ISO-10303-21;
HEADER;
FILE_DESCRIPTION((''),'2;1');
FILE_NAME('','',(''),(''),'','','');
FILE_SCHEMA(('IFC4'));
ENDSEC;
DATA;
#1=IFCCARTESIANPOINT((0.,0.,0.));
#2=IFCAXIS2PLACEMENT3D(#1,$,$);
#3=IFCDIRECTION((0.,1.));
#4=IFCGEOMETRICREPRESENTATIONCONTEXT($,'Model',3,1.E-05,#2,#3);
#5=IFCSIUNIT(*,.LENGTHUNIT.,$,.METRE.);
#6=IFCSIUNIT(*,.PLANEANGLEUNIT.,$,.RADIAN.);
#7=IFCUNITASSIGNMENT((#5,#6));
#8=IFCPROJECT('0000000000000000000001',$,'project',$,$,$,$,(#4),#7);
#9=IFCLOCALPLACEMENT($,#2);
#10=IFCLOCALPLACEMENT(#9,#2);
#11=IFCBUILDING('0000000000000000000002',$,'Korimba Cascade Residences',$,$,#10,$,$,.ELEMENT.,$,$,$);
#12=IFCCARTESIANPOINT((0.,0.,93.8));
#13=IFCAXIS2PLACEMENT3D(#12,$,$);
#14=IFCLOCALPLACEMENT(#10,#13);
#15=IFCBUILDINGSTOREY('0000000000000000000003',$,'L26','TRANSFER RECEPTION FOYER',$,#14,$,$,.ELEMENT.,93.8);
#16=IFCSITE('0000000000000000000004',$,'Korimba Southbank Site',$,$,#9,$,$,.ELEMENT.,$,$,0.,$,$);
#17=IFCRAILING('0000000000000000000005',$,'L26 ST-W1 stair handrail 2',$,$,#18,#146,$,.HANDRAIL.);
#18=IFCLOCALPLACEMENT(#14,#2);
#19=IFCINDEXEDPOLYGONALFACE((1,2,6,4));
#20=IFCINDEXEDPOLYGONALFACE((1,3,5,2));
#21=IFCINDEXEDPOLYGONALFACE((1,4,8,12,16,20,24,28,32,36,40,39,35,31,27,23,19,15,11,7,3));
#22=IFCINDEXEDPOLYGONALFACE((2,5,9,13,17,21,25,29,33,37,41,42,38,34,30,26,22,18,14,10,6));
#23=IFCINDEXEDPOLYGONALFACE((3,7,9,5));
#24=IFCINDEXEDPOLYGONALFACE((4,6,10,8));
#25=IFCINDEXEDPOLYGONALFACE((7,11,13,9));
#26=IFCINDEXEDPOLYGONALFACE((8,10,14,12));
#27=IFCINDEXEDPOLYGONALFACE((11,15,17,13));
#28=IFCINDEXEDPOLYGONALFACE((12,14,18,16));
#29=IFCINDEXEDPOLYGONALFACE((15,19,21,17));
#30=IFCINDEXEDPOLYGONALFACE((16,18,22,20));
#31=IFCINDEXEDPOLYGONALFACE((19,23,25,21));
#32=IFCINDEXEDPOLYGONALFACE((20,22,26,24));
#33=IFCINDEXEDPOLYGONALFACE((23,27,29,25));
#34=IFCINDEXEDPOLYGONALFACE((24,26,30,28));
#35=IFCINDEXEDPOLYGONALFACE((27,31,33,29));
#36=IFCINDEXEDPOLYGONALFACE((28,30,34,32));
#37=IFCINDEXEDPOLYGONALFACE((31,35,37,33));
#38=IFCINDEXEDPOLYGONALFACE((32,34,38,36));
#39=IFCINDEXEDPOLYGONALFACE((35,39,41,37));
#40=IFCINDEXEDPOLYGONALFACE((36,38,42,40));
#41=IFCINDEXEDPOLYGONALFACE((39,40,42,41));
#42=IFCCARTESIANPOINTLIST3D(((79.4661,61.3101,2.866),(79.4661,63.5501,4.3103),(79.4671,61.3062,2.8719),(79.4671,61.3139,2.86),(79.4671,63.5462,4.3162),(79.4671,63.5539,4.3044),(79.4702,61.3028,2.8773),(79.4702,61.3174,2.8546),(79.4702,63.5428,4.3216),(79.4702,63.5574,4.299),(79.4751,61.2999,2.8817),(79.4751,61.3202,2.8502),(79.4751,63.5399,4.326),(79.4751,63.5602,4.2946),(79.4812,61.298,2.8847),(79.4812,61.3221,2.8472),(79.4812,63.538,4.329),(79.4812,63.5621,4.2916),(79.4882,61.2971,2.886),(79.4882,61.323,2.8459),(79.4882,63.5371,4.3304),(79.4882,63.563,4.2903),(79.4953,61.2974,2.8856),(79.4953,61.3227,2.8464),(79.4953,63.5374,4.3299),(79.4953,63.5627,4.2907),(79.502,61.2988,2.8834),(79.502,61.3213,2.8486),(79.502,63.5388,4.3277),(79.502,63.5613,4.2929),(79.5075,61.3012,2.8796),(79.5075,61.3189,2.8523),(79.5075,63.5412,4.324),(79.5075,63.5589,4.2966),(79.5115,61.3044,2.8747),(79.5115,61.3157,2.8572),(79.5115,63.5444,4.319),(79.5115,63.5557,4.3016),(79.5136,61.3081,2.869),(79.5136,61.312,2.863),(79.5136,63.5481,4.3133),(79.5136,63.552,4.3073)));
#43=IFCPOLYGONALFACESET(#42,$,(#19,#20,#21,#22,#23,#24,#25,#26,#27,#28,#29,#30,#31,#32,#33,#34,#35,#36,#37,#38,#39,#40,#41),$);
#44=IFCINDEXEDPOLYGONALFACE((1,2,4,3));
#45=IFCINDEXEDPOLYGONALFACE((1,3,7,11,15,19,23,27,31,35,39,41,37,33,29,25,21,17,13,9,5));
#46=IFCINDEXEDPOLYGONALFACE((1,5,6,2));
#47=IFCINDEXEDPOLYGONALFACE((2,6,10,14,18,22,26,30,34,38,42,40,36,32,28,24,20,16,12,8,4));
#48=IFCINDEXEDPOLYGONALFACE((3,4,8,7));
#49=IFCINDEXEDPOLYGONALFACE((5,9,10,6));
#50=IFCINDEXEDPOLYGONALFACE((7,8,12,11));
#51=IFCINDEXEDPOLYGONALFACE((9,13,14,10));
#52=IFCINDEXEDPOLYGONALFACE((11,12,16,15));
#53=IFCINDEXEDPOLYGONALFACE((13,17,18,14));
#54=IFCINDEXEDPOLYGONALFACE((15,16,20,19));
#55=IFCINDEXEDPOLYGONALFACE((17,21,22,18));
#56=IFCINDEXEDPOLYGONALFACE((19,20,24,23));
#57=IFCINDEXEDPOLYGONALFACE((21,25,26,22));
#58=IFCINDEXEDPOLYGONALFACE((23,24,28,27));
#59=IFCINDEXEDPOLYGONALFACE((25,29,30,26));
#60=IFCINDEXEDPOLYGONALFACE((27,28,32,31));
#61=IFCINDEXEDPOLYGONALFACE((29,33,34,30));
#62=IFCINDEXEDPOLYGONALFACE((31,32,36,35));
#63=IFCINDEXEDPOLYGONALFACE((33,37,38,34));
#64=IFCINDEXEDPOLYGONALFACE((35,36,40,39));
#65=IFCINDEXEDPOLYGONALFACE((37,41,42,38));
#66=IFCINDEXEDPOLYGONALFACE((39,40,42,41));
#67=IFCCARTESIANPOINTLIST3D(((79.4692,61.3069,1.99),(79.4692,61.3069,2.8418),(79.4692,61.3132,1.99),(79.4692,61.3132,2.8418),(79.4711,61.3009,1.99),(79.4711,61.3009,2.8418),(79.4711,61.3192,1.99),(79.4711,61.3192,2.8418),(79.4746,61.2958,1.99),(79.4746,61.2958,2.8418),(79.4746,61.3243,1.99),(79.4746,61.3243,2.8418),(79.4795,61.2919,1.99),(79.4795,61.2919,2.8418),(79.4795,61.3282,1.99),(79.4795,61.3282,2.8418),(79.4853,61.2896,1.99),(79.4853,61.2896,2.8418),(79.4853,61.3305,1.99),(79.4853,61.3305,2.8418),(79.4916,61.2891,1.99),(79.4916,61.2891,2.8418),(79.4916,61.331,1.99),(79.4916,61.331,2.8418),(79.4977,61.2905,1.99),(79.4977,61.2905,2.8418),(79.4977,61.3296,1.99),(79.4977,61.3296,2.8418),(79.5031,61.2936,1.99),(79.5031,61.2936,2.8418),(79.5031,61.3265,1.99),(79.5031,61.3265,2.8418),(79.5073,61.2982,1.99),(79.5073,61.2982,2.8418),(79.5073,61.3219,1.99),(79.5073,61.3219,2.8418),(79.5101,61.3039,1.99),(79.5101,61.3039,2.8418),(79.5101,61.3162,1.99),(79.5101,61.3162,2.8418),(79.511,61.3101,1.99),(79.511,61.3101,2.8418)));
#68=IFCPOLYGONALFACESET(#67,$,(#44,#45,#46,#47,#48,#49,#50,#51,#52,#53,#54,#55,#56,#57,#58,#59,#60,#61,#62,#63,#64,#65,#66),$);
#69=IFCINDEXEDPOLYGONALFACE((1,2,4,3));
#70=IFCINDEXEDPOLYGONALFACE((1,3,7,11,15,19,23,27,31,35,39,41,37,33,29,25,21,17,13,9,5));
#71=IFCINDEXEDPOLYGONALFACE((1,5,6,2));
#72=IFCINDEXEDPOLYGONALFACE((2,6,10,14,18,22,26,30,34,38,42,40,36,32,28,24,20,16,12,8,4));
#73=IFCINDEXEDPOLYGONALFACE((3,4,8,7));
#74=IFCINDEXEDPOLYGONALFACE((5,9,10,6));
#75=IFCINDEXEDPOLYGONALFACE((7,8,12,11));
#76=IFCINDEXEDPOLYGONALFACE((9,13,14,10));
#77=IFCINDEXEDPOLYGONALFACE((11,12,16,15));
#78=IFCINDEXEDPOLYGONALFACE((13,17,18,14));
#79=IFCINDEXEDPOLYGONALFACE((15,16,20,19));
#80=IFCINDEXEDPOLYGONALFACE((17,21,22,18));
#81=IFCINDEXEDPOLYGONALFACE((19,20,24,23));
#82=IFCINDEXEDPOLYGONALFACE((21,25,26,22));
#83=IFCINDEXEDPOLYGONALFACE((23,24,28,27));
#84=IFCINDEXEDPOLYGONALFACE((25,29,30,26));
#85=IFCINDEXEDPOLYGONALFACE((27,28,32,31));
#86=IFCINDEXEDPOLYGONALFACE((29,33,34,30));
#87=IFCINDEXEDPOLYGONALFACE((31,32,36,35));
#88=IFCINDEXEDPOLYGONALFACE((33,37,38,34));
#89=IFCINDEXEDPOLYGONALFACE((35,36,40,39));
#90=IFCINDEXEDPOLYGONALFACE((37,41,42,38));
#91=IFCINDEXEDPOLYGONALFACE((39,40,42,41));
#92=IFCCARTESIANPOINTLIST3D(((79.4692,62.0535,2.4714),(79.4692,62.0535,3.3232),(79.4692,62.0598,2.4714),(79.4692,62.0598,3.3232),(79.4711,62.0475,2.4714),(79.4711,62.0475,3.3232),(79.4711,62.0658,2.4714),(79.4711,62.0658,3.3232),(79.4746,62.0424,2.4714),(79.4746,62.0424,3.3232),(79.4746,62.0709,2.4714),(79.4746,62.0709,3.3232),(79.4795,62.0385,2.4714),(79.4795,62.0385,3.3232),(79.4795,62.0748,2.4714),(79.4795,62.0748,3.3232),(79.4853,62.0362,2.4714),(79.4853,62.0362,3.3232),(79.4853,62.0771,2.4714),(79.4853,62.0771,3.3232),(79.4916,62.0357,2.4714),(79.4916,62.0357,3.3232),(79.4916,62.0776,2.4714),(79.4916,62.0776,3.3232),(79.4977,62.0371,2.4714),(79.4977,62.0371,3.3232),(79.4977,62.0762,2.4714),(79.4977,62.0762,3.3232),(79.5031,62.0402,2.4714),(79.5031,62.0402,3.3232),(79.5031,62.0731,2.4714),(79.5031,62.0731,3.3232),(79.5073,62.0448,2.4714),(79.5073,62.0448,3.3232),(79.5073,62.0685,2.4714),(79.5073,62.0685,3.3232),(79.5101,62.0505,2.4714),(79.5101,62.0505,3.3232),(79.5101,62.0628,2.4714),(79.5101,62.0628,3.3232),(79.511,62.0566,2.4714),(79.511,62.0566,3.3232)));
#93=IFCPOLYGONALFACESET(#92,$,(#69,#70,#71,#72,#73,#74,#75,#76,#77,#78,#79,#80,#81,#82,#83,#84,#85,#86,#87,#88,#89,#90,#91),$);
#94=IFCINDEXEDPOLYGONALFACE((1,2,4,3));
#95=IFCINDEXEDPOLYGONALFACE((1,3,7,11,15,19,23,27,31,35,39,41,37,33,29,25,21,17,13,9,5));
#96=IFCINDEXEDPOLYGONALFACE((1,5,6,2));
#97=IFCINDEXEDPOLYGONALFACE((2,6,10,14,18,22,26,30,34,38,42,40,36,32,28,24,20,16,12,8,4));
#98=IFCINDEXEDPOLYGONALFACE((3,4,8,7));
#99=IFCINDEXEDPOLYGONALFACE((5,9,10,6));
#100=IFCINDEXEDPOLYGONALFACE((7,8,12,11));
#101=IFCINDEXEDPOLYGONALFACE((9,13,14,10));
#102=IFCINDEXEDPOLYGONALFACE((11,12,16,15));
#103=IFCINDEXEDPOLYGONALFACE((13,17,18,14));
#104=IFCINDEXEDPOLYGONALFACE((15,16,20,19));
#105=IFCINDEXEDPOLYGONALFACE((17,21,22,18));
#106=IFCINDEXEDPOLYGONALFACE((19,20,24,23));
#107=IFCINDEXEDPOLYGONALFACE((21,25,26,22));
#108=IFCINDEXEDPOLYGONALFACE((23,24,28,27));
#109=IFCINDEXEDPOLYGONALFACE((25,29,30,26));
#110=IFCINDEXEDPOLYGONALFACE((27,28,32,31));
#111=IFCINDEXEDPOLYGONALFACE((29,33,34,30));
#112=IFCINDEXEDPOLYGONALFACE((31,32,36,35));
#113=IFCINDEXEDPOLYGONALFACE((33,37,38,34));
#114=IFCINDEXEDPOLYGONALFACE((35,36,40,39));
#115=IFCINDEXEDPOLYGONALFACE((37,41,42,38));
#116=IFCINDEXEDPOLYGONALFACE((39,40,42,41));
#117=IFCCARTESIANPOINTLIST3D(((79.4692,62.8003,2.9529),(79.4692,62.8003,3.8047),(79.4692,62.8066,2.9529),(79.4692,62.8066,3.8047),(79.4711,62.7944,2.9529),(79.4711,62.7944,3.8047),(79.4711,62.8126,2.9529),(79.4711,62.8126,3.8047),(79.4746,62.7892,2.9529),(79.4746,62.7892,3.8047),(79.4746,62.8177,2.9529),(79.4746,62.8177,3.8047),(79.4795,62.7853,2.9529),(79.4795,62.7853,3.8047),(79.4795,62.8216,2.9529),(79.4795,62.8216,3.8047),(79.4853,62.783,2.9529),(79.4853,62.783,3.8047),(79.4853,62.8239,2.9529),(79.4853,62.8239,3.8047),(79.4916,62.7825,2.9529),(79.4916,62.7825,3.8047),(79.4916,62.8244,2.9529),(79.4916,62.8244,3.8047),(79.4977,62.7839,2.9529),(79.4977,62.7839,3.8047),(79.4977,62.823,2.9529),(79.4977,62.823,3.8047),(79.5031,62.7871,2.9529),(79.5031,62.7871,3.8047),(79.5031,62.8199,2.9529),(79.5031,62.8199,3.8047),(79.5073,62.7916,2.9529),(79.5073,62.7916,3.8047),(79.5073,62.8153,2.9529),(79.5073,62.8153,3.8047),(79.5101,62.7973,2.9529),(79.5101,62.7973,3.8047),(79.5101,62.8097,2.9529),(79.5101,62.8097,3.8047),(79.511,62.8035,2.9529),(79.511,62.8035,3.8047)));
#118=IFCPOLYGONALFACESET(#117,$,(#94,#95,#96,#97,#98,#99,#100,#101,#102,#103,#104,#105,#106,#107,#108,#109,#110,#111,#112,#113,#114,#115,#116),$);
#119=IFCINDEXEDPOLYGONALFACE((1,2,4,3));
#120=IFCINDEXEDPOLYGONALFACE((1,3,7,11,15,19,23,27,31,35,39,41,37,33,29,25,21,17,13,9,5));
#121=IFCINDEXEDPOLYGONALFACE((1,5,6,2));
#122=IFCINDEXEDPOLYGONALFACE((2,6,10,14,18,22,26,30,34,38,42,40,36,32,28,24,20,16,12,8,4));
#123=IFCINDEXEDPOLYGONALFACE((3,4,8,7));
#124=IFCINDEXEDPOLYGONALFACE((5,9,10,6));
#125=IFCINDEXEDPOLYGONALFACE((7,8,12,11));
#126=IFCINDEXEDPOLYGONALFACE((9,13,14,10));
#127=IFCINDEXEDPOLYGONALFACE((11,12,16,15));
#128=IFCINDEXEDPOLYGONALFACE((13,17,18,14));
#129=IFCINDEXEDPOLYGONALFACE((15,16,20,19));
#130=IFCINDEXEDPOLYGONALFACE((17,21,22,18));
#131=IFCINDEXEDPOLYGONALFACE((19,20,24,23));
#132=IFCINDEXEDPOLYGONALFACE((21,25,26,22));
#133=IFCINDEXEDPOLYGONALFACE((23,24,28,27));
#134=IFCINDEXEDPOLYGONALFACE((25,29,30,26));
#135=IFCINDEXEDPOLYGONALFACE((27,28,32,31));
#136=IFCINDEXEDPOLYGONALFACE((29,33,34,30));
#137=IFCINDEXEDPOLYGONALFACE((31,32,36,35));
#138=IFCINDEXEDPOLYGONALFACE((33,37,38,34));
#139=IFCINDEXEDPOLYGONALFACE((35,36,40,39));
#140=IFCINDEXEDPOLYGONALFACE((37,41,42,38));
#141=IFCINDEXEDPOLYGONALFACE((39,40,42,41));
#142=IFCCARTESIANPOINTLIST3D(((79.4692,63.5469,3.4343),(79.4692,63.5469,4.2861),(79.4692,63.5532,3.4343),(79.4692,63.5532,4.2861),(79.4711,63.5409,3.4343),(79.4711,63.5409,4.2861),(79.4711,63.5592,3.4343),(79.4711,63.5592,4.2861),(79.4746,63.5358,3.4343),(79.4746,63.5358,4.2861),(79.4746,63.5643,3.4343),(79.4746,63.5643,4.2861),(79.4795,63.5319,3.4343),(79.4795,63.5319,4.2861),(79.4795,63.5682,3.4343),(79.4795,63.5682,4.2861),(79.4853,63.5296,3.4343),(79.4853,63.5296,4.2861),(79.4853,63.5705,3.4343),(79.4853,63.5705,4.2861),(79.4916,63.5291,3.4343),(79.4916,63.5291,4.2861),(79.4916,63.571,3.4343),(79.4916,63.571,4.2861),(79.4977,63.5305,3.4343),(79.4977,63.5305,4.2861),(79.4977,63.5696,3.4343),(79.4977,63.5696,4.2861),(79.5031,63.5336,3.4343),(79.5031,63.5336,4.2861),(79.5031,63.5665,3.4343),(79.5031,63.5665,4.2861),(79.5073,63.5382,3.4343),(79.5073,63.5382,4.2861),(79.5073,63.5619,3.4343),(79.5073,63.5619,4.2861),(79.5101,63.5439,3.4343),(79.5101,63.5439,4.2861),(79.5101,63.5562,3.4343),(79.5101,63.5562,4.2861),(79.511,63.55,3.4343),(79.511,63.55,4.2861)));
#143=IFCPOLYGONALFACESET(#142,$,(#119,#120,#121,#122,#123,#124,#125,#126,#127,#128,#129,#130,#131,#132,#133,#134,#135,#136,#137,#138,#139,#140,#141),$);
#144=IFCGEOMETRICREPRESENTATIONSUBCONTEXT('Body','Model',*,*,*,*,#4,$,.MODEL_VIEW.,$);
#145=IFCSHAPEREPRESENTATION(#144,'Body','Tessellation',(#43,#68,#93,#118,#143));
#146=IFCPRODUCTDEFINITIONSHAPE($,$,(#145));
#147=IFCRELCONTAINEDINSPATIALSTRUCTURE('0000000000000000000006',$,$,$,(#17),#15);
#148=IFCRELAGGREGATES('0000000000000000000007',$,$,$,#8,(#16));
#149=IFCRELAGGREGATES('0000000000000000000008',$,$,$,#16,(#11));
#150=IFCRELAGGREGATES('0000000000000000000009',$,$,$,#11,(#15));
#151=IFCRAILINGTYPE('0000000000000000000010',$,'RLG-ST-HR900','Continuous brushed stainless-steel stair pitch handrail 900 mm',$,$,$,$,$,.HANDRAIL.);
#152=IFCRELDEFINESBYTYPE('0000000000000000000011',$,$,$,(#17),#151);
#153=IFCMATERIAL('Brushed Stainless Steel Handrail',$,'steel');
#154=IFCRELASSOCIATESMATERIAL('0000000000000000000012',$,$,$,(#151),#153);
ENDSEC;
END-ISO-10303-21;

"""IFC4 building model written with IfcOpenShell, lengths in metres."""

from ifc_helpers import new_model, si_unit, direction, frame, origin, origin_2d, place, context, subcontext, project, spatial, circle, extrude, material, type_object, element, save


model = new_model("IFC4")

# Units and contexts
model_context = context("Model", 3, precision=1e-05, world=origin(), true_north=direction((0.0, 1.0)))
body_context = subcontext(model_context, "Body", "Model", "MODEL_VIEW")
ifc_project = project(units=[si_unit("LENGTHUNIT", "METRE"), si_unit("PLANEANGLEUNIT", "RADIAN")], contexts=[model_context])

# Site, building, storey
site_placement = place(None, origin())
site = spatial("IfcSite", under=ifc_project, at=site_placement, Name="Korimba Southbank Site", CompositionType="ELEMENT", RefElevation=0.0)
building_placement = place(site_placement, origin())
building = spatial("IfcBuilding", under=site, at=building_placement, Name="Korimba Cascade Residences", CompositionType="ELEMENT")
storey_placement = place(building_placement, frame((0.0, 0.0, 93.8)))
storey = spatial("IfcBuildingStorey", under=building, at=storey_placement, Name="L26", Description="TRANSFER RECEPTION FOYER", CompositionType="ELEMENT", Elevation=93.8)

# Railing
ifc_material_1 = material(Name="Brushed Stainless Steel Handrail", Category="steel")
railing_type_1 = type_object("IfcRailingType", Name="RLG-ST-HR900", Description="Continuous brushed stainless-steel stair pitch handrail 900 mm", PredefinedType="HANDRAIL", material=ifc_material_1)
railing_1_placement = place(storey_placement, frame((79.49, 61.3101, 1.99)))
element("IfcRailing", 1, at=railing_1_placement, inside=storey, type_object=railing_type_1, Name="L26 ST-W1 stair handrail 2", PredefinedType="HANDRAIL", context=body_context, shape_type="SweptSolid", body=[
    extrude(circle(Radius=0.0239, at=origin_2d()), frame((0.0, 0.0, 0.876), z_axis=(0.0, 0.840437, 0.54191), x_axis=(-1.0, 0.0, 0.0)), (0.0, 0.0, 1.0), 2.6653),
    extrude(circle(Radius=0.021, at=origin_2d()), origin(), (0.0, 0.0, 1.0), 0.8518),
    extrude(circle(Radius=0.021, at=origin_2d()), frame((0.0, 0.7466, 0.4814)), (0.0, 0.0, 1.0), 0.8518),
    extrude(circle(Radius=0.021, at=origin_2d()), frame((0.0, 1.4934, 0.9629)), (0.0, 0.0, 1.0), 0.8518),
    extrude(circle(Radius=0.021, at=origin_2d()), frame((0.0, 2.24, 1.4443)), (0.0, 0.0, 1.0), 0.8518),
])

save(model, "model.ifc")
